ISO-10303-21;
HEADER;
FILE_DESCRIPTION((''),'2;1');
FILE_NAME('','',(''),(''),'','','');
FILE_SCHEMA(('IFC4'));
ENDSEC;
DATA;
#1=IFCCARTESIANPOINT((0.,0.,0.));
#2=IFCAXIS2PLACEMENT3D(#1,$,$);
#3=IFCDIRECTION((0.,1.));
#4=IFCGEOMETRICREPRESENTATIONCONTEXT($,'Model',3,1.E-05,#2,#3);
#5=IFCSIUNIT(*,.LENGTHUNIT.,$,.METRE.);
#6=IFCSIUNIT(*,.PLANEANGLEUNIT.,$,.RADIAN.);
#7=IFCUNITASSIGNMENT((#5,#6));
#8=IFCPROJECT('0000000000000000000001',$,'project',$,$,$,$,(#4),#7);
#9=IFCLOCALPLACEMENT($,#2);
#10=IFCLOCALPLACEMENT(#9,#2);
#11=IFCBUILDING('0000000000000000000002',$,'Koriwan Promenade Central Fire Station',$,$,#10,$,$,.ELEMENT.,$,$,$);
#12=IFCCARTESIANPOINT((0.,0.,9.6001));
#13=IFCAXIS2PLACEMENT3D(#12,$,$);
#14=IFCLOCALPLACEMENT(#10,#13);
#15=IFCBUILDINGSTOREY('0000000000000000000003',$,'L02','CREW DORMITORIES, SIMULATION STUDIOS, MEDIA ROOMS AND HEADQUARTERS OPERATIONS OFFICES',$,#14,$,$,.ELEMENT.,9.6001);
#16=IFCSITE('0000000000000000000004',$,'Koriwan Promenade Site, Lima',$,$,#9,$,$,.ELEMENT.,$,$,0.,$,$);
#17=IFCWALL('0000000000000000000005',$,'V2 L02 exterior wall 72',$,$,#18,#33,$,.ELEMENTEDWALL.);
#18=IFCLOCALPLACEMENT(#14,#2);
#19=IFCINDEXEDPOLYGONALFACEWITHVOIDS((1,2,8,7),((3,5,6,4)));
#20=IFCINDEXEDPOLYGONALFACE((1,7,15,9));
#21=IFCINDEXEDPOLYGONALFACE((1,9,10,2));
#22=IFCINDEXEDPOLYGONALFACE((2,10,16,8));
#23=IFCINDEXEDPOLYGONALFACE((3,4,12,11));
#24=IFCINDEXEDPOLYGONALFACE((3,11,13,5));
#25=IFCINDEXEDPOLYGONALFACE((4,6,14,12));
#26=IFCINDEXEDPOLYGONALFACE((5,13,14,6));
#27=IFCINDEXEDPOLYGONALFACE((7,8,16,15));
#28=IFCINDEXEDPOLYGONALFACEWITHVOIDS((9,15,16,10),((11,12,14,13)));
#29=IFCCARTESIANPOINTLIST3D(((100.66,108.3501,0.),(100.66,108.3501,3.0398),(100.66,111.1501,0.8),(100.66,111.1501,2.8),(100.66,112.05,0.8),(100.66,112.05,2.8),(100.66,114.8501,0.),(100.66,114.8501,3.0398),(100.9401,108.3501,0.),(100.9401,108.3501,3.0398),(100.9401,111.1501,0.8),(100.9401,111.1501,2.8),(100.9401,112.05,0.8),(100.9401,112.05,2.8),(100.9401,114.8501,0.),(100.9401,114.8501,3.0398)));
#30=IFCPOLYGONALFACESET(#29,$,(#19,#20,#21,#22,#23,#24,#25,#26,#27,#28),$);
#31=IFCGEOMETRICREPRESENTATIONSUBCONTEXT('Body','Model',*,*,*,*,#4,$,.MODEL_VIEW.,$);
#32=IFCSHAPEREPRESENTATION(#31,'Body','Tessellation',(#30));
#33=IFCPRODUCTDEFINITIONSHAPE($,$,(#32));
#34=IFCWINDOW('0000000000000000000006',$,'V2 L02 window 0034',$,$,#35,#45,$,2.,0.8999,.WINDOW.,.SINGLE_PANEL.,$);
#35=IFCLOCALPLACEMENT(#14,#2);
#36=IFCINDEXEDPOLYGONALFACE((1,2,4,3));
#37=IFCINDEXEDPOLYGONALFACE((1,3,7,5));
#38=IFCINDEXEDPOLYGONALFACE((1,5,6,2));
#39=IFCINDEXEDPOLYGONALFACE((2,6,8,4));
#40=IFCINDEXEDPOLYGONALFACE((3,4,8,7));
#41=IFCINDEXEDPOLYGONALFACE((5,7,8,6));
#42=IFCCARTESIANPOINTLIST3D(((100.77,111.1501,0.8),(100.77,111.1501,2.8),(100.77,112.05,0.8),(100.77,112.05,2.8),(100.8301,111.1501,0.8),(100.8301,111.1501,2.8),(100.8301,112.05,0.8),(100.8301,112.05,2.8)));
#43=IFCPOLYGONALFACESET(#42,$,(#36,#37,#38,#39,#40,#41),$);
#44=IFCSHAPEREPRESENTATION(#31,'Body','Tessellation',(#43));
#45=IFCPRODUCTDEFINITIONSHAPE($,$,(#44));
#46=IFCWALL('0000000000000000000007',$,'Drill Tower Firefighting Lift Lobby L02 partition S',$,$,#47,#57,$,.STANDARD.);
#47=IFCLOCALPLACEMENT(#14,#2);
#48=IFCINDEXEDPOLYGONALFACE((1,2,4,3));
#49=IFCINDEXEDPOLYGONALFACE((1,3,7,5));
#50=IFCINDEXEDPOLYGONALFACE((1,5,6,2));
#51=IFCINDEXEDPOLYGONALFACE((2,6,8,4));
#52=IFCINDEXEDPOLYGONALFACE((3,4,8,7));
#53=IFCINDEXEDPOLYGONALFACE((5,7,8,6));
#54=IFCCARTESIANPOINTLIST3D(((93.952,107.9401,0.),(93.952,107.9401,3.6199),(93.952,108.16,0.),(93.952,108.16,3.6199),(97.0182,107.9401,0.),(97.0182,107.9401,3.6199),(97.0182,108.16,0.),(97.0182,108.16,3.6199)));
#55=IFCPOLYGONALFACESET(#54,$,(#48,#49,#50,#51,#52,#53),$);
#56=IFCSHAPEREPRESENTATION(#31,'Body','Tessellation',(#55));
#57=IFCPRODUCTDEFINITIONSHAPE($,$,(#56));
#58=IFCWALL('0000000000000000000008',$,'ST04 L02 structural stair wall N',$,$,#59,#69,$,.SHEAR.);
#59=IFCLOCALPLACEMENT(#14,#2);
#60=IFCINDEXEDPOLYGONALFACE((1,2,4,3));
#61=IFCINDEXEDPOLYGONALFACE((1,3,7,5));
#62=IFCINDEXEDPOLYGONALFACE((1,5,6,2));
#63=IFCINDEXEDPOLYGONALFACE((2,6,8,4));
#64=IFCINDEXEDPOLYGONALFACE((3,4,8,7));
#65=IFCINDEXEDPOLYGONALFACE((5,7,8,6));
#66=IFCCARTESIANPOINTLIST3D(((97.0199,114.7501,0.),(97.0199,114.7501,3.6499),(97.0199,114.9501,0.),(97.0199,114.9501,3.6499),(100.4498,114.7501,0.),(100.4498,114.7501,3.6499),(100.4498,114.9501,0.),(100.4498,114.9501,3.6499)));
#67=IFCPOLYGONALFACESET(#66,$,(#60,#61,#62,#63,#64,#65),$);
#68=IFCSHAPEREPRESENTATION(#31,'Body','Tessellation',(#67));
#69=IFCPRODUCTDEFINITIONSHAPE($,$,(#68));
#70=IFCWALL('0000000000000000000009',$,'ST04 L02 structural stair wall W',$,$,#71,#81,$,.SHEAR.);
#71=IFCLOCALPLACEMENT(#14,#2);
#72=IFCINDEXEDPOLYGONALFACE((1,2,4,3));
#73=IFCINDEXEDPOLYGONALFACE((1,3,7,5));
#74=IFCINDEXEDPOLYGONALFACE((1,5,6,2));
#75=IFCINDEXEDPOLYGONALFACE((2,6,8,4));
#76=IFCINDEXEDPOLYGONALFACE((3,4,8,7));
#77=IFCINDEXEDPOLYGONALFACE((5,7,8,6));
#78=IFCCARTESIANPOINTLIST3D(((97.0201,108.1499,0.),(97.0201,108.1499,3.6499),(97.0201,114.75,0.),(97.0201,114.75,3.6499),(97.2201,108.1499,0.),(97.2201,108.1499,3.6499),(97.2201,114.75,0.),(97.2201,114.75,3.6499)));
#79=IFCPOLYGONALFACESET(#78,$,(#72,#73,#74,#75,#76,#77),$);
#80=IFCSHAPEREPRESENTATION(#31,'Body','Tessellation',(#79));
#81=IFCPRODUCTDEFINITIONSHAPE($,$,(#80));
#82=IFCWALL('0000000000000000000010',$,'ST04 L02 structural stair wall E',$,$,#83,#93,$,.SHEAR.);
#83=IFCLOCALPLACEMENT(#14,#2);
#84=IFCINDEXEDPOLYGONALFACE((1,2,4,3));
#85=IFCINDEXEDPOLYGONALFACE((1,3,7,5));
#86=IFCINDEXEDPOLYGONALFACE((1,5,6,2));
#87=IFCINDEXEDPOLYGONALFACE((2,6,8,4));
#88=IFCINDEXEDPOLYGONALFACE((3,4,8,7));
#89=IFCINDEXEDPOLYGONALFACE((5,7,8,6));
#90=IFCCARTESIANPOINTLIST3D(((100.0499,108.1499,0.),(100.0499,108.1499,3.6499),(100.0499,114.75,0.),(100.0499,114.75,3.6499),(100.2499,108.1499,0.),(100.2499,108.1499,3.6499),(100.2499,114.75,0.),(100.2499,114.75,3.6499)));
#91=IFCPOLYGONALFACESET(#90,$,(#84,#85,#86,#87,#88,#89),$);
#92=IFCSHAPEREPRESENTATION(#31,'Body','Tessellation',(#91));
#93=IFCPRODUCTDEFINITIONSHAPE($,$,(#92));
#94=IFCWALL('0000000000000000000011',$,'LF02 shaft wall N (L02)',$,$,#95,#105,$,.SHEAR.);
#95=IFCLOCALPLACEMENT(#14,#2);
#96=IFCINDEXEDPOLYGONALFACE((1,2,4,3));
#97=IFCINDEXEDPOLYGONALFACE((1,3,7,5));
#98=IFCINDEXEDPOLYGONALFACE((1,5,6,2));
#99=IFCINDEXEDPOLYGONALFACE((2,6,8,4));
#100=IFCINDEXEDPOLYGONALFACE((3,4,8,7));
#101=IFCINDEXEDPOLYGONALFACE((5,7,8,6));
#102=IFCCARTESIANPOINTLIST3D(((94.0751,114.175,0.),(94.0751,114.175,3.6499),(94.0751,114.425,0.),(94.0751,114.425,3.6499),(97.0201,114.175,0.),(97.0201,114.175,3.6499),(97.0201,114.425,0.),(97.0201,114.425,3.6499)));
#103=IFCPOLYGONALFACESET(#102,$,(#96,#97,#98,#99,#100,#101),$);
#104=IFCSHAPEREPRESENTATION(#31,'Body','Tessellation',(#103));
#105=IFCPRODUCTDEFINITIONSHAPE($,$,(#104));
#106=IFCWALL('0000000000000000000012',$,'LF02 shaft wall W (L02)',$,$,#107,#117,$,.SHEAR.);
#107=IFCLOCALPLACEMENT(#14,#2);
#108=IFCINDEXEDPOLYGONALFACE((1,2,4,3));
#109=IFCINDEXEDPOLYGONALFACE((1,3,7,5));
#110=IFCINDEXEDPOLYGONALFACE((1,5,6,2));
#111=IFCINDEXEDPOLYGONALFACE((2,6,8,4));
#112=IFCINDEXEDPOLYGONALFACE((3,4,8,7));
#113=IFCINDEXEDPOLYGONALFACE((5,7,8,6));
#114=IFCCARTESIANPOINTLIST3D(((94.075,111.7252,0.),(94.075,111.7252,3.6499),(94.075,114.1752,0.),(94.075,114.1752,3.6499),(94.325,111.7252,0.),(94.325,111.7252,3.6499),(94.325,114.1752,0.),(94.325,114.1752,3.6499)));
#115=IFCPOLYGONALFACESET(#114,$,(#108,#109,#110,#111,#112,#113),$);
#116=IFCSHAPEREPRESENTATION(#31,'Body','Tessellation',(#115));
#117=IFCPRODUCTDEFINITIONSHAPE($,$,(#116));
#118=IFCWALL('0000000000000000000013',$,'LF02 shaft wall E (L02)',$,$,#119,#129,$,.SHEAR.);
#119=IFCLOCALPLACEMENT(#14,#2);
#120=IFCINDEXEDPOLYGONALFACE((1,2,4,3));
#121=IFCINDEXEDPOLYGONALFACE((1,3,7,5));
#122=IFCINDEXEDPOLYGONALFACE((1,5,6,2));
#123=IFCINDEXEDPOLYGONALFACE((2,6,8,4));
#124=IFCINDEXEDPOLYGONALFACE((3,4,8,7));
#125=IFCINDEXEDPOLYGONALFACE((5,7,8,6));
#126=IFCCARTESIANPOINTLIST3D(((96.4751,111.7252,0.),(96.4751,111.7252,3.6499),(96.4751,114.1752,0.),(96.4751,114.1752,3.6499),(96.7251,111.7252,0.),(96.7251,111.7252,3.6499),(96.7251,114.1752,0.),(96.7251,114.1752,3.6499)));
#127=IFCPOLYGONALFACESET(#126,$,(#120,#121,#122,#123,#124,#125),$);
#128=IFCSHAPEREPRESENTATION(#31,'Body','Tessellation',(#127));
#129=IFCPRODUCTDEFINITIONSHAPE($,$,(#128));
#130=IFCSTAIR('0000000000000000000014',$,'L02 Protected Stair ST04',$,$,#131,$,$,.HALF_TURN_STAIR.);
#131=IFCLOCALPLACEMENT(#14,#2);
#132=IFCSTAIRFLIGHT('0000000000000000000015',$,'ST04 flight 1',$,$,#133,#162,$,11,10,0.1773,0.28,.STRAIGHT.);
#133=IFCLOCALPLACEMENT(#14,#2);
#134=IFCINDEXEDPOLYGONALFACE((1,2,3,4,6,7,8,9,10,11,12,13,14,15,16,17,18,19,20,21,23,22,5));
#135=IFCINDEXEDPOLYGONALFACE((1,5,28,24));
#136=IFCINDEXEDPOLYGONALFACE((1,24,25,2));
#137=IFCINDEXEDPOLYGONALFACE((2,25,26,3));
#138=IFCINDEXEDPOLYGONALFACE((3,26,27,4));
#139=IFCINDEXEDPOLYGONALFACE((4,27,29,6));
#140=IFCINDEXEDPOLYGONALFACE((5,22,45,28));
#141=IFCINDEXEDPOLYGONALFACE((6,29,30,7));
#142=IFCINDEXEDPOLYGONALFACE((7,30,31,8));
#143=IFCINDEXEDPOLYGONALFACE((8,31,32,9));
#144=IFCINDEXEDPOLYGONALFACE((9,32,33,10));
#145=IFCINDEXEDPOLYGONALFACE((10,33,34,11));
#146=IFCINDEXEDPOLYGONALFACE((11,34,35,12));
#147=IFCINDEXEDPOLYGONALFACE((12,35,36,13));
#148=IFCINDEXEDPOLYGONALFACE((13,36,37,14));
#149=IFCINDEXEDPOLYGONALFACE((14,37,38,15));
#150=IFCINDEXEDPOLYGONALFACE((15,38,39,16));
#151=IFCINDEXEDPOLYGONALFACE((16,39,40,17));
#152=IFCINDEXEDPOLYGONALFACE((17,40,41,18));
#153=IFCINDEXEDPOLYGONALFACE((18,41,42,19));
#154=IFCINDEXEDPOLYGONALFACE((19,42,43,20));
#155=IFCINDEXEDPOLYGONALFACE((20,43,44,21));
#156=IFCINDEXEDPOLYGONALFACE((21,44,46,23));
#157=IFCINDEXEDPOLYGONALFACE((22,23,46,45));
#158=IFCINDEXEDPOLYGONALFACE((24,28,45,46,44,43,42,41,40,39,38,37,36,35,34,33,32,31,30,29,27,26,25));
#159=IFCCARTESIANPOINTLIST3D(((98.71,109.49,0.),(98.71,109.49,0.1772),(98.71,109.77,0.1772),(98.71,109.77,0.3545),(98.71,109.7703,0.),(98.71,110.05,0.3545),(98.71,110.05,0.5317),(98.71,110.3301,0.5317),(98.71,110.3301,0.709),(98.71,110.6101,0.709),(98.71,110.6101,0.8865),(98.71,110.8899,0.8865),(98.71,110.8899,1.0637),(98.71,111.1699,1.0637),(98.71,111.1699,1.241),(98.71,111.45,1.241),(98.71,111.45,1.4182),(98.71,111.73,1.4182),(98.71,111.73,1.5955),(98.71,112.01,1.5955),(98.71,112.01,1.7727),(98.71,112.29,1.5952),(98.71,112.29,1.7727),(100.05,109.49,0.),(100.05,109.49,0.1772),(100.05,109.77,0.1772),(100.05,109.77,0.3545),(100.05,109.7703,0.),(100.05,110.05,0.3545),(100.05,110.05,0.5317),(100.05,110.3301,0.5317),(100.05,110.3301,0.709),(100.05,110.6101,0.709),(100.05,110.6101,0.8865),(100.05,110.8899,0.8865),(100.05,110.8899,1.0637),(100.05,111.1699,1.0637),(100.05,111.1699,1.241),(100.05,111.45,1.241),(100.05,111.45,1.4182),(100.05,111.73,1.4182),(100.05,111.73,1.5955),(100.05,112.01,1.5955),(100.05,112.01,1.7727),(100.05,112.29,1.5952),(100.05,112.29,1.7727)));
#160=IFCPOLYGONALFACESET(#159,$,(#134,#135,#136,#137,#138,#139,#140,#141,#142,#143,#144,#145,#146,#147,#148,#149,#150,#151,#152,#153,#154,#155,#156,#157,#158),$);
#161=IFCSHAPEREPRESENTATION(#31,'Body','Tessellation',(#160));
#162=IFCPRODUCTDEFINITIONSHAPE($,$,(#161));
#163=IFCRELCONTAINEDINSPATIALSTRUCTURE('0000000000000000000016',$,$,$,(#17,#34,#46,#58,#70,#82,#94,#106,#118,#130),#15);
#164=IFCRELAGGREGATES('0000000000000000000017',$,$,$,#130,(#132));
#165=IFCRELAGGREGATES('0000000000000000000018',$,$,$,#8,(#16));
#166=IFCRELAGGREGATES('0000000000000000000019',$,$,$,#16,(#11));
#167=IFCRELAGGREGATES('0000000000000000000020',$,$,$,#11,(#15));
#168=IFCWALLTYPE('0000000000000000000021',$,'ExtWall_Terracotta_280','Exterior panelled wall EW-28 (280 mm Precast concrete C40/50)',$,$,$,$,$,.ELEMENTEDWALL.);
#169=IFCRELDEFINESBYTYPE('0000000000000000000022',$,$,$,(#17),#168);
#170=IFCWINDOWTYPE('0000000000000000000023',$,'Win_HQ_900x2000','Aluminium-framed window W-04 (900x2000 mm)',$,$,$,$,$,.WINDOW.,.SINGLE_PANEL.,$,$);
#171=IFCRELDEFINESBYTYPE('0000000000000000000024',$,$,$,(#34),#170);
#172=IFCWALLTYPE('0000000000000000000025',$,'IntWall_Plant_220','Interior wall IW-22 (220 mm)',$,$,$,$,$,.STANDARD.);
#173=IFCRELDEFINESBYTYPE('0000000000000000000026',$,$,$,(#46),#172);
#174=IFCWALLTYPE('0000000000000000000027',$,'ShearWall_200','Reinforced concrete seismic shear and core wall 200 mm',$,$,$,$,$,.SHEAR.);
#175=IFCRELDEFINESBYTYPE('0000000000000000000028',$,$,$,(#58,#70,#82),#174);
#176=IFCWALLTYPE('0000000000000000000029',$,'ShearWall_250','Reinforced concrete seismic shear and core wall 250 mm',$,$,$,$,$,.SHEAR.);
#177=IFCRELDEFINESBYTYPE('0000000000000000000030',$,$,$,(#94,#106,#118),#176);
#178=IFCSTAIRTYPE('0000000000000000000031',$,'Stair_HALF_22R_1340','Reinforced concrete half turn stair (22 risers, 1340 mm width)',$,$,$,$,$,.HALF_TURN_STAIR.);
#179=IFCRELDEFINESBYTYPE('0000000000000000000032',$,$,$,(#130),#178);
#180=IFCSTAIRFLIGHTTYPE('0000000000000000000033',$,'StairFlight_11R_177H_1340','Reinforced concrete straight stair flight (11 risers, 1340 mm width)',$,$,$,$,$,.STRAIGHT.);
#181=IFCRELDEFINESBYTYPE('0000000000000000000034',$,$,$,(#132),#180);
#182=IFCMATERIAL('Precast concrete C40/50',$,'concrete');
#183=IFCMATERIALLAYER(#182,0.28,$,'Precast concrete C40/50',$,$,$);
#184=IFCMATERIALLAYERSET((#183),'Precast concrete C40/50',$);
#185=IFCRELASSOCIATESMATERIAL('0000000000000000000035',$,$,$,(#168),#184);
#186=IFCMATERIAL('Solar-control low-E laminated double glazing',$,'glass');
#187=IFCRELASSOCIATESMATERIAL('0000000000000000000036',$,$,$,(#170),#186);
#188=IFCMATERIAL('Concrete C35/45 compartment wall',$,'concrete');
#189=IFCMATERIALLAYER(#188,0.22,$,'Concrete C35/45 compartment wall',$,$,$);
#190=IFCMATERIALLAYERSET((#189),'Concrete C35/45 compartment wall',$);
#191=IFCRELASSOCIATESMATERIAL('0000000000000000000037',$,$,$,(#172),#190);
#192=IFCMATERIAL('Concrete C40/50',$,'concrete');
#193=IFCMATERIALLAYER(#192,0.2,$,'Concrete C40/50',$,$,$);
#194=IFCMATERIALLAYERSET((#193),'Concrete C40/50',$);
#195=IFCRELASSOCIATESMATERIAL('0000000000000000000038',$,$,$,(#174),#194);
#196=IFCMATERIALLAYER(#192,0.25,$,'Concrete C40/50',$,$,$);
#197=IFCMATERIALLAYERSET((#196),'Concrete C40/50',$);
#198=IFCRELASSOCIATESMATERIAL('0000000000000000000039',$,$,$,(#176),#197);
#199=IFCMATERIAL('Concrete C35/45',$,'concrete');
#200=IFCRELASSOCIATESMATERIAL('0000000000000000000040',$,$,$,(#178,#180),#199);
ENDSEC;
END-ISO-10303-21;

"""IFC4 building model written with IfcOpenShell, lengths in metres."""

from ifc_helpers import new_model, si_unit, direction, frame, frame_2d, origin, place, context, subcontext, project, spatial, polyline, rectangle, outline, extrude, material, layer, layer_set, type_object, element, fill, aggregate, save


model = new_model("IFC4")

# Units and contexts
model_context = context("Model", 3, precision=1e-05, world=origin(), true_north=direction((0.0, 1.0)))
body_context = subcontext(model_context, "Body", "Model", "MODEL_VIEW")
ifc_project = project(units=[si_unit("LENGTHUNIT", "METRE"), si_unit("PLANEANGLEUNIT", "RADIAN")], contexts=[model_context])

# Site, building, storey
site_placement = place(None, origin())
site = spatial("IfcSite", under=ifc_project, at=site_placement, Name="Koriwan Promenade Site, Lima", CompositionType="ELEMENT", RefElevation=0.0)
building_placement = place(site_placement, origin())
building = spatial("IfcBuilding", under=site, at=building_placement, Name="Koriwan Promenade Central Fire Station", CompositionType="ELEMENT")
storey_placement = place(building_placement, frame((0.0, 0.0, 9.6001)))
storey = spatial("IfcBuildingStorey", under=building, at=storey_placement, Name="L02", Description="CREW DORMITORIES, SIMULATION STUDIOS, MEDIA ROOMS AND HEADQUARTERS OPERATIONS OFFICES", CompositionType="ELEMENT", Elevation=9.6001)

# Shared definitions
ifc_material_1 = material(Name="Concrete C40/50", Category="concrete")

# Shared definitions
ifc_material_2 = material(Name="Concrete C35/45", Category="concrete")

# Wall, opening, window
ifc_material_3 = material(Name="Precast concrete C40/50", Category="concrete")
ifc_layer_1 = layer(ifc_material_3, 0.28, Name="Precast concrete C40/50")
ifc_layer_set_1 = layer_set([ifc_layer_1], Name="Precast concrete C40/50")
wall_type_1 = type_object("IfcWallType", Name="ExtWall_Terracotta_280", Description="Exterior panelled wall EW-28 (280 mm Precast concrete C40/50)", PredefinedType="ELEMENTEDWALL", material=ifc_layer_set_1)
ifc_material_4 = material(Name="Solar-control low-E laminated double glazing", Category="glass")
window_type = type_object("IfcWindowType", Name="Win_HQ_900x2000", Description="Aluminium-framed window W-04 (900x2000 mm)", PartitioningType="SINGLE_PANEL", PredefinedType="WINDOW", material=ifc_material_4)
wall_1_placement = place(storey_placement, frame((100.8, 108.3501, 0.0), z_axis=(0.0, 0.0, 1.0), x_axis=(0.0, 1.0, 0.0)))
wall_1 = element("IfcWall", 1, at=wall_1_placement, inside=storey, type_object=wall_type_1, Name="V2 L02 exterior wall 72", PredefinedType="ELEMENTEDWALL", context=body_context, shape_type="SweptSolid", body=[
    extrude(rectangle(XDim=6.5, YDim=0.28, at=frame_2d((3.25, 0.0))), origin(), (0.0, 0.0, 1.0), 3.0398),
])
opening_1_placement = place(wall_1_placement, frame((2.8, 0.0, 0.8)))
opening_1 = element("IfcOpeningElement", 2, at=opening_1_placement, cuts=wall_1, PredefinedType="OPENING", context=body_context, shape_type="SweptSolid", body=[
    extrude(rectangle(XDim=0.8999, YDim=2.0, at=frame_2d((0.45, 1.0))), frame((0.0, 0.1519, 0.0), z_axis=(0.0, -1.0, 0.0), x_axis=(1.0, 0.0, 0.0)), (0.0, 0.0, 1.0), 0.304),
])
window_1_placement = place(opening_1_placement, origin())
window_1 = element("IfcWindow", 3, at=window_1_placement, inside=storey, type_object=window_type, Name="V2 L02 window 0034", OverallHeight=2.0, OverallWidth=0.8999, PartitioningType="SINGLE_PANEL", PredefinedType="WINDOW", context=body_context, shape_type="SweptSolid", body=[
    extrude(rectangle(XDim=0.8999, YDim=2.0, at=frame_2d((0.45, 1.0))), frame((0.0, 0.03, 0.0), z_axis=(0.0, -1.0, 0.0), x_axis=(1.0, 0.0, 0.0)), (0.0, 0.0, 1.0), 0.0601),
])
fill(opening_1, window_1)

# Wall
ifc_material_5 = material(Name="Concrete C35/45 compartment wall", Category="concrete")
ifc_layer_2 = layer(ifc_material_5, 0.22, Name="Concrete C35/45 compartment wall")
ifc_layer_set_2 = layer_set([ifc_layer_2], Name="Concrete C35/45 compartment wall")
wall_type_2 = type_object("IfcWallType", Name="IntWall_Plant_220", Description="Interior wall IW-22 (220 mm)", PredefinedType="STANDARD", material=ifc_layer_set_2)
wall_2_placement = place(storey_placement, frame((93.9519, 108.05, 0.0), z_axis=(0.0, 0.0, 1.0), x_axis=(1.0, 0.0, 0.0)))
element("IfcWall", 4, at=wall_2_placement, inside=storey, type_object=wall_type_2, Name="Drill Tower Firefighting Lift Lobby L02 partition S", PredefinedType="STANDARD", context=body_context, shape_type="SweptSolid", body=[
    extrude(rectangle(XDim=3.0662, YDim=0.22, at=frame_2d((1.5332, 0.0))), origin(), (0.0, 0.0, 1.0), 3.6199),
])

# Shared definitions
ifc_layer_3 = layer(ifc_material_1, 0.2, Name="Concrete C40/50")
ifc_layer_set_3 = layer_set([ifc_layer_3], Name="Concrete C40/50")
wall_type_3 = type_object("IfcWallType", Name="ShearWall_200", Description="Reinforced concrete seismic shear and core wall 200 mm", PredefinedType="SHEAR", material=ifc_layer_set_3)

# Walls
wall_3_placement = place(storey_placement, frame((97.02, 114.8501, 0.0), z_axis=(0.0, 0.0, 1.0), x_axis=(1.0, 0.0, 0.0)))
element("IfcWall", 5, at=wall_3_placement, inside=storey, type_object=wall_type_3, Name="ST04 L02 structural stair wall N", PredefinedType="SHEAR", context=body_context, shape_type="SweptSolid", body=[
    extrude(rectangle(XDim=3.4299, YDim=0.2, at=frame_2d((1.7148, 0.0))), origin(), (0.0, 0.0, 1.0), 3.6499),
])
for number, where, z_axis, x_axis, name in (
    (6, (97.1201, 108.1499, 0.0), (0.0, 0.0, 1.0), (0.0, 1.0, 0.0), "ST04 L02 structural stair wall W"),
    (7, (100.1499, 108.1499, 0.0), (0.0, 0.0, 1.0), (0.0, 1.0, 0.0), "ST04 L02 structural stair wall E"),
):
    element("IfcWall", number, at=place(storey_placement, frame(where, z_axis=z_axis, x_axis=x_axis)), inside=storey, type_object=wall_type_3, Name=name, PredefinedType="SHEAR", context=body_context, shape_type="SweptSolid", body=[
        extrude(rectangle(XDim=6.6001, YDim=0.2, at=frame_2d((3.3, 0.0))), origin(), (0.0, 0.0, 1.0), 3.6499),
    ])

# Shared definitions
ifc_layer_4 = layer(ifc_material_1, 0.25, Name="Concrete C40/50")
ifc_layer_set_4 = layer_set([ifc_layer_4], Name="Concrete C40/50")
wall_type_4 = type_object("IfcWallType", Name="ShearWall_250", Description="Reinforced concrete seismic shear and core wall 250 mm", PredefinedType="SHEAR", material=ifc_layer_set_4)

# Walls
wall_4_placement = place(storey_placement, frame((94.075, 114.3, 0.0), z_axis=(0.0, 0.0, 1.0), x_axis=(1.0, 0.0, 0.0)))
element("IfcWall", 8, at=wall_4_placement, inside=storey, type_object=wall_type_4, Name="LF02 shaft wall N (L02)", PredefinedType="SHEAR", context=body_context, shape_type="SweptSolid", body=[
    extrude(rectangle(XDim=2.9451, YDim=0.25, at=frame_2d((1.4727, 0.0))), origin(), (0.0, 0.0, 1.0), 3.6499),
])
for number, where, z_axis, x_axis, name in (
    (9, (94.2, 111.7251, 0.0), (0.0, 0.0, 1.0), (0.0, 1.0, 0.0), "LF02 shaft wall W (L02)"),
    (10, (96.6001, 111.7251, 0.0), (0.0, 0.0, 1.0), (0.0, 1.0, 0.0), "LF02 shaft wall E (L02)"),
):
    element("IfcWall", number, at=place(storey_placement, frame(where, z_axis=z_axis, x_axis=x_axis)), inside=storey, type_object=wall_type_4, Name=name, PredefinedType="SHEAR", context=body_context, shape_type="SweptSolid", body=[
        extrude(rectangle(XDim=2.45, YDim=0.25, at=frame_2d((1.2251, 0.0))), origin(), (0.0, 0.0, 1.0), 3.6499),
    ])

# Stair, stair flight
stair_type = type_object("IfcStairType", Name="Stair_HALF_22R_1340", Description="Reinforced concrete half turn stair (22 risers, 1340 mm width)", PredefinedType="HALF_TURN_STAIR", material=ifc_material_2)
stair_placement = place(storey_placement, origin())
stair = element("IfcStair", 11, at=stair_placement, inside=storey, type_object=stair_type, Name="L02 Protected Stair ST04", PredefinedType="HALF_TURN_STAIR")
stair_flight_type = type_object("IfcStairFlightType", Name="StairFlight_11R_177H_1340", Description="Reinforced concrete straight stair flight (11 risers, 1340 mm width)", PredefinedType="STRAIGHT", material=ifc_material_2)
stair_flight_1_placement = place(storey_placement, frame((99.3799, 109.49, 0.0), z_axis=(0.0, 0.0, 1.0), x_axis=(0.0, 1.0, 0.0)))
stair_flight_1 = element("IfcStairFlight", 12, at=stair_flight_1_placement, type_object=stair_flight_type, Name="ST04 flight 1", NumberOfRisers=11, NumberOfTreads=10, PredefinedType="STRAIGHT", RiserHeight=0.1773, TreadLength=0.28, context=body_context, shape_type="SweptSolid", body=[
    extrude(outline(polyline([(0.0, 0.0), (0.0, 0.1772), (0.28, 0.1772), (0.28, 0.3545), (0.5601, 0.3545), (0.5601, 0.5317), (0.8401, 0.5317), (0.8401, 0.709), (1.1201, 0.709), (1.1201, 0.8865), (1.3999, 0.8865), (1.3999, 1.0637), (1.6799, 1.0637), (1.6799, 1.241), (1.96, 1.241), (1.96, 1.4182), (2.24, 1.4182), (2.24, 1.5955), (2.52, 1.5955), (2.52, 1.7727), (2.8, 1.7727), (2.8, 1.95), (2.8, 1.5952), (0.2803, 0.0), (0.0, 0.0)])), frame((0.0, 0.6699, 0.0), z_axis=(0.0, -1.0, 0.0), x_axis=(1.0, 0.0, 0.0)), (0.0, 0.0, 1.0), 1.3401),
])
aggregate(stair, [stair_flight_1])

save(model, "model.ifc")
